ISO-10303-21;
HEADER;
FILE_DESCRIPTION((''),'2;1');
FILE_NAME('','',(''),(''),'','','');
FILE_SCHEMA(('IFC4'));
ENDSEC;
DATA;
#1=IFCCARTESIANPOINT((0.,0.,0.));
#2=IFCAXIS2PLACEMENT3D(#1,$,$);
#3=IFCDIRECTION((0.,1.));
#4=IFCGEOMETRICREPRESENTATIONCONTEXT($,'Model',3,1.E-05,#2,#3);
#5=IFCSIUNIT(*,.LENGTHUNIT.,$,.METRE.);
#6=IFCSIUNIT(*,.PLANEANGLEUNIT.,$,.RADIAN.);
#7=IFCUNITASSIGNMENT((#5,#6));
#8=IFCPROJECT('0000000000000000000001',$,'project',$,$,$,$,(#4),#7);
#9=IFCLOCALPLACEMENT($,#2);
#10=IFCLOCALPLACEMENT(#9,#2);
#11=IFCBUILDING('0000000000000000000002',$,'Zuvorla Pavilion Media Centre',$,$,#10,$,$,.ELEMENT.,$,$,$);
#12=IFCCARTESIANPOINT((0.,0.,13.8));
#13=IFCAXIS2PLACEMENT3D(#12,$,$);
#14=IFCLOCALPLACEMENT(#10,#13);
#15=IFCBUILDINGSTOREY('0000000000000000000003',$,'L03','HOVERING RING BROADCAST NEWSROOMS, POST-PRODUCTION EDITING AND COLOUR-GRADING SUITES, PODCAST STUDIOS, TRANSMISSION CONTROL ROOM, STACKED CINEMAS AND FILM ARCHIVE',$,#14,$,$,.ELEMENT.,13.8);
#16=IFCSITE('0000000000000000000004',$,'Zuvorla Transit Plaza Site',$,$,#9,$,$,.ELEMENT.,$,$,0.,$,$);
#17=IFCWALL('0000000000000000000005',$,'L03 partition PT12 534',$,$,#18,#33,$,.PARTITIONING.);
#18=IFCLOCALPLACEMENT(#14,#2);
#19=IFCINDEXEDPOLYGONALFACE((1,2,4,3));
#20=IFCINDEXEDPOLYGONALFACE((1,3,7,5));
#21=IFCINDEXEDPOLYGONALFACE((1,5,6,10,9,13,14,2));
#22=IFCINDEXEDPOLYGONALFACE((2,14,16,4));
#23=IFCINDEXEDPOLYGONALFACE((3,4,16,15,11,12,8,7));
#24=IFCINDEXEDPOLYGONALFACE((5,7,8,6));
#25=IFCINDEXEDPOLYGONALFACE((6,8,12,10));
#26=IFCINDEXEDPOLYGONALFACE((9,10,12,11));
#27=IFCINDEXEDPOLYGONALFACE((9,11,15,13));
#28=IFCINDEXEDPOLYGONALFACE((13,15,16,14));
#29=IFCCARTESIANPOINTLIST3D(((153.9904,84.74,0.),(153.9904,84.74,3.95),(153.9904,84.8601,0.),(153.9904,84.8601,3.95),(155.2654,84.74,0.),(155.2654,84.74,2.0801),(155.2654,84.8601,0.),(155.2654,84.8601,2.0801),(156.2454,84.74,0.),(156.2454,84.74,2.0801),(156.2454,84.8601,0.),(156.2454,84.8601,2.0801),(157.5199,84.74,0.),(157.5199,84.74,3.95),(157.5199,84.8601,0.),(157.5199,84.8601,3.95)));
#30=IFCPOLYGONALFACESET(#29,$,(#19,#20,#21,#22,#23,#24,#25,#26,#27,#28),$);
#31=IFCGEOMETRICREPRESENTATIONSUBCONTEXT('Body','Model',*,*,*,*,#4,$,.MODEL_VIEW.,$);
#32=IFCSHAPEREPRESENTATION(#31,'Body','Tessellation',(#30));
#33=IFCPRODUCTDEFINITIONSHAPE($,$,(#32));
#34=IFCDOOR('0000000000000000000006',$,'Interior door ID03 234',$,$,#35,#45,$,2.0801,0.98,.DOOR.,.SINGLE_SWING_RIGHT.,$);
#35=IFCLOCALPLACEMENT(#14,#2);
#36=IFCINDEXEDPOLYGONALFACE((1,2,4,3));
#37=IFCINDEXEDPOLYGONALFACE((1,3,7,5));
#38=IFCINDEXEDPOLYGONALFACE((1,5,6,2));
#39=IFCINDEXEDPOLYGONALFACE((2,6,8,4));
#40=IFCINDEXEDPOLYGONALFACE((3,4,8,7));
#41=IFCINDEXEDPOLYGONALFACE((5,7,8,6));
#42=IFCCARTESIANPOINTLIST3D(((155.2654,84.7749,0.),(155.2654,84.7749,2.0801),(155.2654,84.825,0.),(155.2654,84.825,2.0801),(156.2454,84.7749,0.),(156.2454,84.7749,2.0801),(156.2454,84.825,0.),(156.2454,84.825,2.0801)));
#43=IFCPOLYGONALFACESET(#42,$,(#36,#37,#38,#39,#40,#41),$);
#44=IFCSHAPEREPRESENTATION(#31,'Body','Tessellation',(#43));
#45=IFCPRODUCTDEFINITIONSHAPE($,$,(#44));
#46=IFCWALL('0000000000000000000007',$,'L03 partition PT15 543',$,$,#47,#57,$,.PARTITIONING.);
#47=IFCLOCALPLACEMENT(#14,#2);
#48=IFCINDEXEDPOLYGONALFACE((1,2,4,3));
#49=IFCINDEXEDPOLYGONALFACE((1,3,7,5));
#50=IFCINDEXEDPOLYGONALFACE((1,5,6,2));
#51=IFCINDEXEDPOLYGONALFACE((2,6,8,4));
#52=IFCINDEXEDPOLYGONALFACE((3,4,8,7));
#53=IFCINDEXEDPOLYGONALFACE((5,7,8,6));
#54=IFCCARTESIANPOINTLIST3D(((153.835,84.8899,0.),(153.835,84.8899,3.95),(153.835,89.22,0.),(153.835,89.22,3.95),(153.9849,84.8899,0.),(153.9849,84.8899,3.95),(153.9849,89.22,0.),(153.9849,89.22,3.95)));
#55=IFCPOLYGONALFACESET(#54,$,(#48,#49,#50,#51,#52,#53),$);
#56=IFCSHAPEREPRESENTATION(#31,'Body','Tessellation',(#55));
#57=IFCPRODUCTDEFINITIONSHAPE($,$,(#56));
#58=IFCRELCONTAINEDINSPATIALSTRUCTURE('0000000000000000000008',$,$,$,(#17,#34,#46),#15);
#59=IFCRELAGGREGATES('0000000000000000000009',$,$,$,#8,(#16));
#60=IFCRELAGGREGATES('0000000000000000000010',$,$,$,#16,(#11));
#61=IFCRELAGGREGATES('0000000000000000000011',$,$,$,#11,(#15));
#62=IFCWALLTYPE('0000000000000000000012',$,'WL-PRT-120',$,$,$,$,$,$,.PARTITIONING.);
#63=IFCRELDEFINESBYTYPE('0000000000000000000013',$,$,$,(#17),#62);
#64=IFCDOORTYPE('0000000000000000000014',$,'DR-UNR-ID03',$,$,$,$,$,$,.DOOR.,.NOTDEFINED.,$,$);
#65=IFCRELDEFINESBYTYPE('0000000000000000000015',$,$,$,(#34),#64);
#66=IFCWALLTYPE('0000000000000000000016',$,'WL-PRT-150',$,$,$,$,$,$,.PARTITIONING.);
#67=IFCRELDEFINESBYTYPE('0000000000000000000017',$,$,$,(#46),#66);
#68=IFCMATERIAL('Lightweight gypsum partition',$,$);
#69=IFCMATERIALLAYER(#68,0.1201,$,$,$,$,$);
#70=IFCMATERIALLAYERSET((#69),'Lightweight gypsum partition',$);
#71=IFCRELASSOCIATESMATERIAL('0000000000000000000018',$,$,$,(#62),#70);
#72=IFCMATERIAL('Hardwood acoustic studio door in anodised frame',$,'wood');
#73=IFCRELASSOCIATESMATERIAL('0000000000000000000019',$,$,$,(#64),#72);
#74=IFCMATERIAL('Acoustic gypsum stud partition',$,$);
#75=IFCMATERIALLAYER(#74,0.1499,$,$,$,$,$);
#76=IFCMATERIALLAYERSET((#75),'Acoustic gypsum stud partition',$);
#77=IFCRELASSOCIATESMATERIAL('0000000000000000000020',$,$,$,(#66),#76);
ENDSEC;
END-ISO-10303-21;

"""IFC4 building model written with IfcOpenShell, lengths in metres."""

from ifc_helpers import new_model, si_unit, direction, frame, frame_2d, origin, place, context, subcontext, project, spatial, rectangle, extrude, material, layer, layer_set, type_object, element, fill, save


model = new_model("IFC4")

# Units and contexts
model_context = context("Model", 3, precision=1e-05, world=origin(), true_north=direction((0.0, 1.0)))
body_context = subcontext(model_context, "Body", "Model", "MODEL_VIEW")
ifc_project = project(units=[si_unit("LENGTHUNIT", "METRE"), si_unit("PLANEANGLEUNIT", "RADIAN")], contexts=[model_context])

# Site, building, storey
site_placement = place(None, origin())
site = spatial("IfcSite", under=ifc_project, at=site_placement, Name="Zuvorla Transit Plaza Site", CompositionType="ELEMENT", RefElevation=0.0)
building_placement = place(site_placement, origin())
building = spatial("IfcBuilding", under=site, at=building_placement, Name="Zuvorla Pavilion Media Centre", CompositionType="ELEMENT")
storey_placement = place(building_placement, frame((0.0, 0.0, 13.8)))
storey = spatial("IfcBuildingStorey", under=building, at=storey_placement, Name="L03", Description="HOVERING RING BROADCAST NEWSROOMS, POST-PRODUCTION EDITING AND COLOUR-GRADING SUITES, PODCAST STUDIOS, TRANSMISSION CONTROL ROOM, STACKED CINEMAS AND FILM ARCHIVE", CompositionType="ELEMENT", Elevation=13.8)

# Wall, opening, door
ifc_material_1 = material(Name="Lightweight gypsum partition")
ifc_layer_1 = layer(ifc_material_1, 0.1201)
ifc_layer_set_1 = layer_set([ifc_layer_1], Name="Lightweight gypsum partition")
wall_type_1 = type_object("IfcWallType", Name="WL-PRT-120", PredefinedType="PARTITIONING", material=ifc_layer_set_1)
wall_1_placement = place(storey_placement, frame((153.9905, 84.8, 0.0), z_axis=(0.0, 0.0, 1.0), x_axis=(1.0, 0.0, 0.0)))
wall_1 = element("IfcWall", 1, at=wall_1_placement, inside=storey, type_object=wall_type_1, Name="L03 partition PT12 534", PredefinedType="PARTITIONING", context=body_context, shape_type="SweptSolid", body=[
    extrude(rectangle(XDim=3.5295, YDim=0.1201, at=frame_2d((1.7646, 0.0))), origin(), (0.0, 0.0, 1.0), 3.95),
])
opening_placement = place(wall_1_placement, frame((1.2749, 0.0, 0.0)))
opening = element("IfcOpeningElement", 2, at=opening_placement, cuts=wall_1, PredefinedType="OPENING", context=body_context, shape_type="SweptSolid", body=[
    extrude(rectangle(XDim=0.98, YDim=2.0801, at=frame_2d((0.49, 1.04))), frame((0.0, 0.0701, 0.0), z_axis=(0.0, -1.0, 0.0), x_axis=(1.0, 0.0, 0.0)), (0.0, 0.0, 1.0), 0.1401),
])
ifc_material_2 = material(Name="Hardwood acoustic studio door in anodised frame", Category="wood")
door_type = type_object("IfcDoorType", Name="DR-UNR-ID03", OperationType="NOTDEFINED", PredefinedType="DOOR", material=ifc_material_2)
door_placement = place(opening_placement, origin())
door = element("IfcDoor", 3, at=door_placement, inside=storey, type_object=door_type, Name="Interior door ID03 234", OperationType="SINGLE_SWING_RIGHT", OverallHeight=2.0801, OverallWidth=0.98, PredefinedType="DOOR", context=body_context, shape_type="SweptSolid", body=[
    extrude(rectangle(XDim=0.98, YDim=2.0801, at=frame_2d((0.49, 1.04))), frame((0.0, 0.0249, 0.0), z_axis=(0.0, -1.0, 0.0), x_axis=(1.0, 0.0, 0.0)), (0.0, 0.0, 1.0), 0.05),
])
fill(opening, door)

# Wall
ifc_material_3 = material(Name="Acoustic gypsum stud partition")
ifc_layer_2 = layer(ifc_material_3, 0.1499)
ifc_layer_set_2 = layer_set([ifc_layer_2], Name="Acoustic gypsum stud partition")
wall_type_2 = type_object("IfcWallType", Name="WL-PRT-150", PredefinedType="PARTITIONING", material=ifc_layer_set_2)
wall_2_placement = place(storey_placement, frame((153.9099, 89.22, 0.0), z_axis=(0.0, 0.0, 1.0), x_axis=(0.0, -1.0, 0.0)))
element("IfcWall", 4, at=wall_2_placement, inside=storey, type_object=wall_type_2, Name="L03 partition PT15 543", PredefinedType="PARTITIONING", context=body_context, shape_type="SweptSolid", body=[
    extrude(rectangle(XDim=4.3301, YDim=0.1499, at=frame_2d((2.165, 0.0))), origin(), (0.0, 0.0, 1.0), 3.95),
])

save(model, "model.ifc")
